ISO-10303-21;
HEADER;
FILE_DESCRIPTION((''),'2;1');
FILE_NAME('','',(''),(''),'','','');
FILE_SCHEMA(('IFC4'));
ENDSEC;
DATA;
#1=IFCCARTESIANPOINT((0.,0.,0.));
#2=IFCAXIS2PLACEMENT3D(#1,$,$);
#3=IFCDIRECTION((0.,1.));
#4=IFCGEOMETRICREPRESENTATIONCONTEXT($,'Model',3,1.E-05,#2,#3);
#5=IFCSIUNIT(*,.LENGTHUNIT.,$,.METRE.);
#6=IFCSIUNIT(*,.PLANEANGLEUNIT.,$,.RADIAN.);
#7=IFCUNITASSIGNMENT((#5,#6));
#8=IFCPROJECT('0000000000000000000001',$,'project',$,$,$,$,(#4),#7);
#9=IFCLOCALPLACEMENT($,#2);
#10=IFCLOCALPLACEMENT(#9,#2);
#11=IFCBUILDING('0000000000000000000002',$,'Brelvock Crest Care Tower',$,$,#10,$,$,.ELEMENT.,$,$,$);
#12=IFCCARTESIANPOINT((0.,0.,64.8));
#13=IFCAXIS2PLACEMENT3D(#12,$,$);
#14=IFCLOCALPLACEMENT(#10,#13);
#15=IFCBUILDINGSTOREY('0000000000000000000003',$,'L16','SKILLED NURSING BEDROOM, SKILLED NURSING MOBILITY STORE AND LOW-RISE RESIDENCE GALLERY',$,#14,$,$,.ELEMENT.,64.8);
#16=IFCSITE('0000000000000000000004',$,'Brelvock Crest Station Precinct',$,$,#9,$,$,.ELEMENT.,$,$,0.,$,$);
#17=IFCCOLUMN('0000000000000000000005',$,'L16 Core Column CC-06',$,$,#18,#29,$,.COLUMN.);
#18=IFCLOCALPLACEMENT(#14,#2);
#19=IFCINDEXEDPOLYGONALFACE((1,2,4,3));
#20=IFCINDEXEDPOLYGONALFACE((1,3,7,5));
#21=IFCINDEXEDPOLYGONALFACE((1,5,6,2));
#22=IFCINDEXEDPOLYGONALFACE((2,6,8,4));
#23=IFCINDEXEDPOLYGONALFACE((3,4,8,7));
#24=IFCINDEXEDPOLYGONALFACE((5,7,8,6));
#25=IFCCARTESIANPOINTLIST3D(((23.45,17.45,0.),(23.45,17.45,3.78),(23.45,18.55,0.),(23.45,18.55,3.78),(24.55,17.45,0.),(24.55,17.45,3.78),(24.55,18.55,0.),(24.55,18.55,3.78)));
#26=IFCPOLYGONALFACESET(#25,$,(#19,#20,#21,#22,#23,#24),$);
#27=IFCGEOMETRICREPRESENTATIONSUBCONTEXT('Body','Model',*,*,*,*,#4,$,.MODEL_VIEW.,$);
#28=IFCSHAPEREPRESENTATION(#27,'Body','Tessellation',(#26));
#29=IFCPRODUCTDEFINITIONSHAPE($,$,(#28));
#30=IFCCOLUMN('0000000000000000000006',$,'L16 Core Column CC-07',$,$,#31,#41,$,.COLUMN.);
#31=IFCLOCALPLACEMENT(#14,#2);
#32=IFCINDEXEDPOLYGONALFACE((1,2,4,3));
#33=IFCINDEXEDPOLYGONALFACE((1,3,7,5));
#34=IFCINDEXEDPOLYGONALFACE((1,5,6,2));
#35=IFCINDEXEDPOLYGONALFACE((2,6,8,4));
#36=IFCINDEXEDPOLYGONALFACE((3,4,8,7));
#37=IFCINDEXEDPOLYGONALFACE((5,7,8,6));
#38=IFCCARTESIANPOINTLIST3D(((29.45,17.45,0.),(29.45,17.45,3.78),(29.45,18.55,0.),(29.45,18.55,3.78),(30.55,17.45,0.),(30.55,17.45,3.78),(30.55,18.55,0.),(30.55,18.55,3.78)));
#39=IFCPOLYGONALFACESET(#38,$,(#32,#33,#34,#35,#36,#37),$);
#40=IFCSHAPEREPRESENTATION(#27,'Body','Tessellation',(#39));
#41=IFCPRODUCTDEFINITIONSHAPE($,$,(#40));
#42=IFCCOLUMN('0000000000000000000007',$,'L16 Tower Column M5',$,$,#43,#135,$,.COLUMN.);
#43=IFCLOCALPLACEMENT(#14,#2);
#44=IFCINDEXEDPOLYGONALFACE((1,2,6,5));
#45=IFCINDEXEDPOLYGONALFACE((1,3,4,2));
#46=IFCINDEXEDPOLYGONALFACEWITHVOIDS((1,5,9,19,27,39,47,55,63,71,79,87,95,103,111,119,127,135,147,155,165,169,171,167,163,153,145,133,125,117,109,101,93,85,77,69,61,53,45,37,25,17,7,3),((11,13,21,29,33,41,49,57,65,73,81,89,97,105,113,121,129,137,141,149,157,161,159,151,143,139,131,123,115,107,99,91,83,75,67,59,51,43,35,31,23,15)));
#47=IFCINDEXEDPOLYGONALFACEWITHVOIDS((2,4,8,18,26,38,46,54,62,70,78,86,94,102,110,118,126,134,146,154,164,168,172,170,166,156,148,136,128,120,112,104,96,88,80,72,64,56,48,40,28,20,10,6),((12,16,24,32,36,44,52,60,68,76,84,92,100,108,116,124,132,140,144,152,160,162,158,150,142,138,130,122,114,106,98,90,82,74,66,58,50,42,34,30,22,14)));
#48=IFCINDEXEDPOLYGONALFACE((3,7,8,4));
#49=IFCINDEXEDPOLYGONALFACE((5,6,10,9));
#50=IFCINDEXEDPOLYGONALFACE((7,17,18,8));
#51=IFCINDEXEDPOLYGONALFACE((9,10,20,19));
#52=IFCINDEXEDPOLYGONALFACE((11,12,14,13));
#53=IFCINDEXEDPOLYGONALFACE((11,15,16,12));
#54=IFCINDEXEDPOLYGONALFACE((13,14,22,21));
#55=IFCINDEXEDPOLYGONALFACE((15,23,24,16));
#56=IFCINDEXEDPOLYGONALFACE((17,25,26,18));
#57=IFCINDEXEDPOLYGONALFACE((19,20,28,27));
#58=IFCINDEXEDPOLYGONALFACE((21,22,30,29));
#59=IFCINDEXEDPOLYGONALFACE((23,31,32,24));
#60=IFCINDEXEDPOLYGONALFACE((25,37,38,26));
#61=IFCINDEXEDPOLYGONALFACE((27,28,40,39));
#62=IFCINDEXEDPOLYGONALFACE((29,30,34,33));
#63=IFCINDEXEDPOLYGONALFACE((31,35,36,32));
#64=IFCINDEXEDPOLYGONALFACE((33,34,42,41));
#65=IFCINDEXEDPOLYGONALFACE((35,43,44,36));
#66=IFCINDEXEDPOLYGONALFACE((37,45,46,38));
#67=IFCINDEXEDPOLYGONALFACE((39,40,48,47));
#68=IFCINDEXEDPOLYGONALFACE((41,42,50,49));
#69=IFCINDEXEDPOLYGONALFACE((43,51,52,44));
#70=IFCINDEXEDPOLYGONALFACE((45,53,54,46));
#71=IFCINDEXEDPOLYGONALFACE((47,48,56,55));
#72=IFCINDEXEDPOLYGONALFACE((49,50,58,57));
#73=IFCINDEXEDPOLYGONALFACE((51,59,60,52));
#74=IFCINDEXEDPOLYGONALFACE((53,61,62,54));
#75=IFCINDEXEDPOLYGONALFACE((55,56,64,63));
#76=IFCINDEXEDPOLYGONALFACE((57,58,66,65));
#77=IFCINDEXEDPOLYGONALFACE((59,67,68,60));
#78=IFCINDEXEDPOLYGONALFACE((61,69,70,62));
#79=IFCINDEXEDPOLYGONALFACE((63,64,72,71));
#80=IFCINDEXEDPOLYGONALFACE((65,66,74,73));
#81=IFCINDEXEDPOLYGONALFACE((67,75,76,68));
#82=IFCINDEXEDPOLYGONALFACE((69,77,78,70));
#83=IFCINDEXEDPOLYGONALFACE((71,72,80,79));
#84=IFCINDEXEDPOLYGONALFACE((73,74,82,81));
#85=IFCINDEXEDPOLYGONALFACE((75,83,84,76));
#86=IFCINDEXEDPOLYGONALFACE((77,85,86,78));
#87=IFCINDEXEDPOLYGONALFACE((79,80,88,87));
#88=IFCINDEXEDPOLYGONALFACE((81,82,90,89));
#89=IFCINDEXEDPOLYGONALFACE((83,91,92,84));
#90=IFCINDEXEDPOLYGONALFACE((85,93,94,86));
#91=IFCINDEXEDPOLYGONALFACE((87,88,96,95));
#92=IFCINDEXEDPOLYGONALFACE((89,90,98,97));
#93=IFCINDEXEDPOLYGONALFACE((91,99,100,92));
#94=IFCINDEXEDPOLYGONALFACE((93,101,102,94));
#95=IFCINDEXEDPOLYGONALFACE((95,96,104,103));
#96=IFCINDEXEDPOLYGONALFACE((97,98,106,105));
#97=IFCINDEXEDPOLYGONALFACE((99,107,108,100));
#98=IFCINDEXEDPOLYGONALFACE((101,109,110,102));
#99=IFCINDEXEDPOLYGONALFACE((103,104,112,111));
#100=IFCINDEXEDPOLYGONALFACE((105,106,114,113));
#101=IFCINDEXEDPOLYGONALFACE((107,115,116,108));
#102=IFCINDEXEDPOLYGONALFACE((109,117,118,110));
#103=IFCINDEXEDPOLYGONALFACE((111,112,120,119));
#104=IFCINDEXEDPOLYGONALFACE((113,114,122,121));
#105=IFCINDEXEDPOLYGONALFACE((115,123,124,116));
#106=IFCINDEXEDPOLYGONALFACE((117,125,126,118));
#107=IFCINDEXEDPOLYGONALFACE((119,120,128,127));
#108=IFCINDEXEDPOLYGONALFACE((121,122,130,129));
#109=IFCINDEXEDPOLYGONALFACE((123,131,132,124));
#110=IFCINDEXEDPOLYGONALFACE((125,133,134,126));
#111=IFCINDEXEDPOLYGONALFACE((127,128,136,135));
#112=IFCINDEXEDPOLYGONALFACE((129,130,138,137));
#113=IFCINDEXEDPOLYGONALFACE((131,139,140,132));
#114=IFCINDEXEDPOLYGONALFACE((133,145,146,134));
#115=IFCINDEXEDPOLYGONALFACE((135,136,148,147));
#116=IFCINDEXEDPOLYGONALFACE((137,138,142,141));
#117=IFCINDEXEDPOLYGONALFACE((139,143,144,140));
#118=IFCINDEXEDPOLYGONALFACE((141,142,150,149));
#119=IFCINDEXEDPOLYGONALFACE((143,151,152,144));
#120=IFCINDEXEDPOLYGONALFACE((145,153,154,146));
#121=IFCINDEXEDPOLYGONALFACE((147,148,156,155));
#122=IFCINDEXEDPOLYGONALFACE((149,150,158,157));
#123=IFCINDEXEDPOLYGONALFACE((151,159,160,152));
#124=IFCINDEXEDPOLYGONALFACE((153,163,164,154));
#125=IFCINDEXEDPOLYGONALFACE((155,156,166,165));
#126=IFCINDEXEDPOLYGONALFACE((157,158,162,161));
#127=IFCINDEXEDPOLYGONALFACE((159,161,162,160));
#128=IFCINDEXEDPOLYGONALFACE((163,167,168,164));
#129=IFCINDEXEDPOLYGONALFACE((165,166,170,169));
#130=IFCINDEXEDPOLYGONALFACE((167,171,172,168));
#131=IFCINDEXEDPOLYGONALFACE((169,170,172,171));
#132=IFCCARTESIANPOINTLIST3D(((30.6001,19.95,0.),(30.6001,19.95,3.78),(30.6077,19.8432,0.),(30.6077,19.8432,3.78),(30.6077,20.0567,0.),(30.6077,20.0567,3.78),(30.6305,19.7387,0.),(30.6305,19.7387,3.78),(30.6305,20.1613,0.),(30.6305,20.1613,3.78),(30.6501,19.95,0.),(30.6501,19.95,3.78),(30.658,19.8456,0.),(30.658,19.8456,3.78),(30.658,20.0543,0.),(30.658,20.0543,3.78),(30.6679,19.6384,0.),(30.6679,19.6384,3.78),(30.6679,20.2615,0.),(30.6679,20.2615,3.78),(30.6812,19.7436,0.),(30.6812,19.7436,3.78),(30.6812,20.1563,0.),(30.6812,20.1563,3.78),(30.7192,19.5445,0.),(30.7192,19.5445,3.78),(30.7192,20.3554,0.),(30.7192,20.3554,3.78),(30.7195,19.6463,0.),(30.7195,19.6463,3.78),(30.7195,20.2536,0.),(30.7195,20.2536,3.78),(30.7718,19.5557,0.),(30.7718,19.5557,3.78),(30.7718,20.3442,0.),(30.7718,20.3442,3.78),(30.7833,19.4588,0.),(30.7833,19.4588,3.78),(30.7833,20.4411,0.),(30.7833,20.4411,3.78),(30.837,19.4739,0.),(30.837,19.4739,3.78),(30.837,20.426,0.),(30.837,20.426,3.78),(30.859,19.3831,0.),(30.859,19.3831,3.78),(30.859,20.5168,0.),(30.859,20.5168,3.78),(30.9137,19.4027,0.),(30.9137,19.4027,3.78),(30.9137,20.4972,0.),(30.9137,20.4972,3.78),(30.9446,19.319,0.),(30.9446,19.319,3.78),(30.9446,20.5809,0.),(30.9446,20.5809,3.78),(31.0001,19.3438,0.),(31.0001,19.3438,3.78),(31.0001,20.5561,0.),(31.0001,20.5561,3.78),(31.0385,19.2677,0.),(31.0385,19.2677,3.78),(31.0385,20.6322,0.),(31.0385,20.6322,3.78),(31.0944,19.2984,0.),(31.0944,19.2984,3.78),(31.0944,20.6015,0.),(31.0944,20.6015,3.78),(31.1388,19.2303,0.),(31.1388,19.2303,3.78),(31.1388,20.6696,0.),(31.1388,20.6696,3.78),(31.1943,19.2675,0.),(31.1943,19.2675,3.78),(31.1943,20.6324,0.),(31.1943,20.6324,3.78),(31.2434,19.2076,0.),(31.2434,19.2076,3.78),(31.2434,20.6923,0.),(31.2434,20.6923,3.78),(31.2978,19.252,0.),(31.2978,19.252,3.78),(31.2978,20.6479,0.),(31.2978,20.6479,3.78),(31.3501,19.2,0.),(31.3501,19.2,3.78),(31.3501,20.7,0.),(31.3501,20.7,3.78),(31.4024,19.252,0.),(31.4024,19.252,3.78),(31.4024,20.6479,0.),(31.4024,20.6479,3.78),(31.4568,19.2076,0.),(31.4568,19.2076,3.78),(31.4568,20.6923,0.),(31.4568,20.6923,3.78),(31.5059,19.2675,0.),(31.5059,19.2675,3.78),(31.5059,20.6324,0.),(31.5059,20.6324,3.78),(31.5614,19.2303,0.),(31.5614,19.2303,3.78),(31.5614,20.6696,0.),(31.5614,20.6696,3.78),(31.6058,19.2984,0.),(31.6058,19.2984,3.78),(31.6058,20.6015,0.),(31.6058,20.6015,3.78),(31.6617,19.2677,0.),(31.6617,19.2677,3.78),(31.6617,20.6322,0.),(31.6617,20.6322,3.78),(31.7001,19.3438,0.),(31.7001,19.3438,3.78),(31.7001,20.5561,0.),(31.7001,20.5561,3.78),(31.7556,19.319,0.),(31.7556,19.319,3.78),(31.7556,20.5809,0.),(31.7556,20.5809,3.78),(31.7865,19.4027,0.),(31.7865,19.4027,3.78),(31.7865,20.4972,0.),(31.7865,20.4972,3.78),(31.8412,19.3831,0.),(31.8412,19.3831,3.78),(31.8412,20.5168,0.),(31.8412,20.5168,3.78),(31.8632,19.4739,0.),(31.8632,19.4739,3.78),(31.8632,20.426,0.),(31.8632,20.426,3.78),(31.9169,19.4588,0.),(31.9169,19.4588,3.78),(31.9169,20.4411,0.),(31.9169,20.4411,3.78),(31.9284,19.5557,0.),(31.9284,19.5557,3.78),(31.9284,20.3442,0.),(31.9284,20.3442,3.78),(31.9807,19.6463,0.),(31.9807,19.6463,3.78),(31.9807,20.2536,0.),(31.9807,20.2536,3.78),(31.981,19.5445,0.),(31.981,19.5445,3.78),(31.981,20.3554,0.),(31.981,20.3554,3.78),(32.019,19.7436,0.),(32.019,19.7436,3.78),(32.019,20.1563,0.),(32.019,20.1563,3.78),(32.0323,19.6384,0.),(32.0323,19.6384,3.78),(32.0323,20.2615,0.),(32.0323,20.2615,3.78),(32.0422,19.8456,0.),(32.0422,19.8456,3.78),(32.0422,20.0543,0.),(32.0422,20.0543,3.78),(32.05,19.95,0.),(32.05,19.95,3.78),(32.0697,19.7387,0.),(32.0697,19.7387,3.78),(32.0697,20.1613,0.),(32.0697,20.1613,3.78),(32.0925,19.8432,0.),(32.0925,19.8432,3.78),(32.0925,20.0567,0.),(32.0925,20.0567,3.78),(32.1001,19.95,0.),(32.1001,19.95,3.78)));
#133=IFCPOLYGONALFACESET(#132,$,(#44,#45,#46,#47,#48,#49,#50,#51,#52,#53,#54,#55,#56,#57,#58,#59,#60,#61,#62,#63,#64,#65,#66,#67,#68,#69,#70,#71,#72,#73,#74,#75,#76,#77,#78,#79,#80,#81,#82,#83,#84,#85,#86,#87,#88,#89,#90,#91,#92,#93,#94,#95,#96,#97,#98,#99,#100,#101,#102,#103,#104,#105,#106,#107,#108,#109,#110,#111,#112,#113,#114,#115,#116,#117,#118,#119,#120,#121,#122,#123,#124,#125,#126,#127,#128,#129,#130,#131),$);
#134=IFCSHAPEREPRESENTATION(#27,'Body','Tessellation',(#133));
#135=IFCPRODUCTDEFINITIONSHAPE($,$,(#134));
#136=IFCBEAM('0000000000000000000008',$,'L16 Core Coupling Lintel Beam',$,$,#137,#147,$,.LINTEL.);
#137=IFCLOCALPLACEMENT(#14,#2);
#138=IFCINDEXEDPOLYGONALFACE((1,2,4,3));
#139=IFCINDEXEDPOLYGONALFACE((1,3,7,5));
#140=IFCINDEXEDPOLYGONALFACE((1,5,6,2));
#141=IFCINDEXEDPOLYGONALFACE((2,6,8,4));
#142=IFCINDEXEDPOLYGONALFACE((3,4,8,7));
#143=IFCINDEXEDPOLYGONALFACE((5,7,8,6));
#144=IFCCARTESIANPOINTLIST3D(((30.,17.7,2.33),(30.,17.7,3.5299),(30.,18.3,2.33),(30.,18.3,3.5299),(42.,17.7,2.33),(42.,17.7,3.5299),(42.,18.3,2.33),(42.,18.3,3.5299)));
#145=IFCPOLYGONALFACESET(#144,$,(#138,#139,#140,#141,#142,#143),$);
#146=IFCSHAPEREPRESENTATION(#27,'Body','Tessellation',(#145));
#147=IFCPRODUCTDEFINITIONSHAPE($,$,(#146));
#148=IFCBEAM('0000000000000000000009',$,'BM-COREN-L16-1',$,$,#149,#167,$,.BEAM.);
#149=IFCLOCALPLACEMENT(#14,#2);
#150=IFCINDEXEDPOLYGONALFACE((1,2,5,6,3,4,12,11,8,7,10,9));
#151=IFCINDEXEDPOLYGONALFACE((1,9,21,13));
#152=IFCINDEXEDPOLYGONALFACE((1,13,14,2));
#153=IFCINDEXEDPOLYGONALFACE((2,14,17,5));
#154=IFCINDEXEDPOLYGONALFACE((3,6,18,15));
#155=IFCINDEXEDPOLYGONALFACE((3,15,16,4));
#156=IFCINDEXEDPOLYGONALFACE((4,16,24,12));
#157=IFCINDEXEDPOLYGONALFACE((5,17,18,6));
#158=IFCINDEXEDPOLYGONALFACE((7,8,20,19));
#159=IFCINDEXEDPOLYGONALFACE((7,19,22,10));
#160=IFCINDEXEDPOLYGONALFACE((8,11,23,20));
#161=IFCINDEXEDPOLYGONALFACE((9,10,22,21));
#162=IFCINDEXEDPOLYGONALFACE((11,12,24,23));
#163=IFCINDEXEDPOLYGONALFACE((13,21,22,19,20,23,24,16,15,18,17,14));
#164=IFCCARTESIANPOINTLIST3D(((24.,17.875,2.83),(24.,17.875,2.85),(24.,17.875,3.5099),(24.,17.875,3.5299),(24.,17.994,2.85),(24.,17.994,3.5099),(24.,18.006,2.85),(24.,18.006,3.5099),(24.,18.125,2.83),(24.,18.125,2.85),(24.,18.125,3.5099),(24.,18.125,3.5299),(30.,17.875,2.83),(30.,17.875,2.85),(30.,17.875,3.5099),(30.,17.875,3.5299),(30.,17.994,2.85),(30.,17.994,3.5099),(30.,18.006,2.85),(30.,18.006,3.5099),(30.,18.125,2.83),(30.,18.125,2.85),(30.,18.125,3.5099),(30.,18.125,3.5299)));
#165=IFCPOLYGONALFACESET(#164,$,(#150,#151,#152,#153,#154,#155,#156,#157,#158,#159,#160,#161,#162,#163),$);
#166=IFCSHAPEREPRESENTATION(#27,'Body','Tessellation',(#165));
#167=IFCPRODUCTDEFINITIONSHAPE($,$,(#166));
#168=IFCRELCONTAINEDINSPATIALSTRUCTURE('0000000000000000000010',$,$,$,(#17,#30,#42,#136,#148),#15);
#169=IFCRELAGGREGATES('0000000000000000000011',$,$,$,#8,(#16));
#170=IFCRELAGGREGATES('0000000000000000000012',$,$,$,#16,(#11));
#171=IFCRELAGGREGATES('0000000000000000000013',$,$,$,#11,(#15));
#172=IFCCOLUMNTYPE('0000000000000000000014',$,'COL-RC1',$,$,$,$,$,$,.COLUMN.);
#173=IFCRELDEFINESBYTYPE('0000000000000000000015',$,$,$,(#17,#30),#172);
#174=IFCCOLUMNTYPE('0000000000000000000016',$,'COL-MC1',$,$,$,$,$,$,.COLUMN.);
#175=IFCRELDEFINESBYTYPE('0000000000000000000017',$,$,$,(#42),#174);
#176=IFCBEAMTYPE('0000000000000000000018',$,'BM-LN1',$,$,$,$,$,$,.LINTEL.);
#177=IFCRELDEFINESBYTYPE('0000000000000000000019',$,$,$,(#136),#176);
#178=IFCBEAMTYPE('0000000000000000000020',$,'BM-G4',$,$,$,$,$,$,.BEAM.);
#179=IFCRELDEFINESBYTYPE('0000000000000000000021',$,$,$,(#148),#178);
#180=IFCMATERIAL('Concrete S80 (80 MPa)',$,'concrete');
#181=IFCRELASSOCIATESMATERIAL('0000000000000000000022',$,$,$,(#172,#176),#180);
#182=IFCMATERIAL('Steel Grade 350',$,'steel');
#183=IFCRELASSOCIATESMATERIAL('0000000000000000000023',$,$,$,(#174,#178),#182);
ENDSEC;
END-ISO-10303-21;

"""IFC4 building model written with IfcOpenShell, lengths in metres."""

from ifc_helpers import new_model, si_unit, direction, frame, origin, origin_2d, place, context, subcontext, project, spatial, rectangle, hollow_circle, i_section, extrude, source, transform, mapped, material, material_profile, profile_set, type_object, element, save


model = new_model("IFC4")

# Units and contexts
model_context = context("Model", 3, precision=1e-05, world=origin(), true_north=direction((0.0, 1.0)))
body_context = subcontext(model_context, "Body", "Model", "MODEL_VIEW")
ifc_project = project(units=[si_unit("LENGTHUNIT", "METRE"), si_unit("PLANEANGLEUNIT", "RADIAN")], contexts=[model_context])

# Site, building, storey
site_placement = place(None, origin())
site = spatial("IfcSite", under=ifc_project, at=site_placement, Name="Brelvock Crest Station Precinct", CompositionType="ELEMENT", RefElevation=0.0)
building_placement = place(site_placement, origin())
building = spatial("IfcBuilding", under=site, at=building_placement, Name="Brelvock Crest Care Tower", CompositionType="ELEMENT")
storey_placement = place(building_placement, frame((0.0, 0.0, 64.8)))
storey = spatial("IfcBuildingStorey", under=building, at=storey_placement, Name="L16", Description="SKILLED NURSING BEDROOM, SKILLED NURSING MOBILITY STORE AND LOW-RISE RESIDENCE GALLERY", CompositionType="ELEMENT", Elevation=64.8)

# Columns
ifc_material_1 = material(Name="Concrete S80 (80 MPa)", Category="concrete")
ifc_material_profile_1 = material_profile(ifc_material_1, rectangle(XDim=1.1001, YDim=1.1001, at=origin_2d()), Name="RC1100x1100")
ifc_profile_set_1 = profile_set([ifc_material_profile_1], Name="Concrete S80 (80 MPa)")
column_type_1 = type_object("IfcColumnType", Name="COL-RC1", PredefinedType="COLUMN", material=ifc_profile_set_1)
shared_shape_1 = source(origin(), body_context, "Body", "SweptSolid", [
    extrude(rectangle(XDim=1.1001, YDim=1.1001, at=origin_2d()), origin(), (0.0, 0.0, 1.0), 3.78),
])
for number, where, z_axis, x_axis, name in (
    (1, (24.0, 18.0, 0.0), (0.0, 0.0, 1.0), (1.0, 0.0, 0.0), "L16 Core Column CC-06"),
    (2, (30.0, 18.0, 0.0), (0.0, 0.0, 1.0), (1.0, 0.0, 0.0), "L16 Core Column CC-07"),
):
    element("IfcColumn", number, at=place(storey_placement, frame(where, z_axis=z_axis, x_axis=x_axis)), inside=storey, type_object=column_type_1, Name=name, PredefinedType="COLUMN", context=body_context, shape_type="MappedRepresentation", body=[
        mapped(shared_shape_1, transform((0.0, 0.0, 0.0), x_axis=(1.0, 0.0, 0.0), y_axis=(0.0, 1.0, 0.0), z_axis=(0.0, 0.0, 1.0), scale=1.0)),
    ])
ifc_material_2 = material(Name="Steel Grade 350", Category="steel")
ifc_material_profile_2 = material_profile(ifc_material_2, hollow_circle(Radius=0.75, WallThickness=0.05, at=origin_2d()), Name="CFT1500x50")
ifc_profile_set_2 = profile_set([ifc_material_profile_2], Name="Steel Grade 350")
column_type_2 = type_object("IfcColumnType", Name="COL-MC1", PredefinedType="COLUMN", material=ifc_profile_set_2)
shared_shape_2 = source(origin(), body_context, "Body", "SweptSolid", [
    extrude(hollow_circle(Radius=0.75, WallThickness=0.05, at=origin_2d()), origin(), (0.0, 0.0, 1.0), 3.78),
])
column_placement = place(storey_placement, frame((31.3501, 19.95, 0.0), z_axis=(0.0, 0.0, 1.0), x_axis=(1.0, 0.0, 0.0)))
element("IfcColumn", 3, at=column_placement, inside=storey, type_object=column_type_2, Name="L16 Tower Column M5", PredefinedType="COLUMN", context=body_context, shape_type="MappedRepresentation", body=[
    mapped(shared_shape_2, transform((0.0, 0.0, 0.0), x_axis=(1.0, 0.0, 0.0), y_axis=(0.0, 1.0, 0.0), z_axis=(0.0, 0.0, 1.0), scale=1.0)),
])

# Beams
ifc_material_profile_3 = material_profile(ifc_material_1, rectangle(XDim=0.6001, YDim=1.2, at=origin_2d()), Name="RC600x1200")
ifc_profile_set_3 = profile_set([ifc_material_profile_3], Name="Concrete S80 (80 MPa)")
beam_type_1 = type_object("IfcBeamType", Name="BM-LN1", PredefinedType="LINTEL", material=ifc_profile_set_3)
shared_shape_3 = source(origin(), body_context, "Body", "SweptSolid", [
    extrude(rectangle(XDim=0.6001, YDim=1.2, at=origin_2d()), origin(), (0.0, 0.0, 1.0), 12.0),
])
beam_1_placement = place(storey_placement, frame((30.0, 18.0, 2.9299), z_axis=(1.0, 0.0, 0.0), x_axis=(0.0, 1.0, 0.0)))
element("IfcBeam", 4, at=beam_1_placement, inside=storey, type_object=beam_type_1, Name="L16 Core Coupling Lintel Beam", PredefinedType="LINTEL", context=body_context, shape_type="MappedRepresentation", body=[
    mapped(shared_shape_3, transform((0.0, 0.0, 0.0), x_axis=(1.0, 0.0, 0.0), y_axis=(0.0, 1.0, 0.0), z_axis=(0.0, 0.0, 1.0), scale=1.0)),
])
ifc_material_profile_4 = material_profile(ifc_material_2, i_section(OverallWidth=0.25, OverallDepth=0.7, WebThickness=0.012, FlangeThickness=0.02, at=origin_2d()), Name="700WB150")
ifc_profile_set_4 = profile_set([ifc_material_profile_4], Name="Steel Grade 350")
beam_type_2 = type_object("IfcBeamType", Name="BM-G4", PredefinedType="BEAM", material=ifc_profile_set_4)
shared_shape_4 = source(origin(), body_context, "Body", "SweptSolid", [
    extrude(i_section(OverallWidth=0.25, OverallDepth=0.7, WebThickness=0.012, FlangeThickness=0.02, at=origin_2d()), origin(), (0.0, 0.0, 1.0), 6.0),
])
beam_2_placement = place(storey_placement, frame((24.0, 18.0, 3.1799), z_axis=(1.0, 0.0, 0.0), x_axis=(0.0, 1.0, 0.0)))
element("IfcBeam", 5, at=beam_2_placement, inside=storey, type_object=beam_type_2, Name="BM-COREN-L16-1", PredefinedType="BEAM", context=body_context, shape_type="MappedRepresentation", body=[
    mapped(shared_shape_4, transform((0.0, 0.0, 0.0), x_axis=(1.0, 0.0, 0.0), y_axis=(0.0, 1.0, 0.0), z_axis=(0.0, 0.0, 1.0), scale=1.0)),
])

save(model, "model.ifc")
